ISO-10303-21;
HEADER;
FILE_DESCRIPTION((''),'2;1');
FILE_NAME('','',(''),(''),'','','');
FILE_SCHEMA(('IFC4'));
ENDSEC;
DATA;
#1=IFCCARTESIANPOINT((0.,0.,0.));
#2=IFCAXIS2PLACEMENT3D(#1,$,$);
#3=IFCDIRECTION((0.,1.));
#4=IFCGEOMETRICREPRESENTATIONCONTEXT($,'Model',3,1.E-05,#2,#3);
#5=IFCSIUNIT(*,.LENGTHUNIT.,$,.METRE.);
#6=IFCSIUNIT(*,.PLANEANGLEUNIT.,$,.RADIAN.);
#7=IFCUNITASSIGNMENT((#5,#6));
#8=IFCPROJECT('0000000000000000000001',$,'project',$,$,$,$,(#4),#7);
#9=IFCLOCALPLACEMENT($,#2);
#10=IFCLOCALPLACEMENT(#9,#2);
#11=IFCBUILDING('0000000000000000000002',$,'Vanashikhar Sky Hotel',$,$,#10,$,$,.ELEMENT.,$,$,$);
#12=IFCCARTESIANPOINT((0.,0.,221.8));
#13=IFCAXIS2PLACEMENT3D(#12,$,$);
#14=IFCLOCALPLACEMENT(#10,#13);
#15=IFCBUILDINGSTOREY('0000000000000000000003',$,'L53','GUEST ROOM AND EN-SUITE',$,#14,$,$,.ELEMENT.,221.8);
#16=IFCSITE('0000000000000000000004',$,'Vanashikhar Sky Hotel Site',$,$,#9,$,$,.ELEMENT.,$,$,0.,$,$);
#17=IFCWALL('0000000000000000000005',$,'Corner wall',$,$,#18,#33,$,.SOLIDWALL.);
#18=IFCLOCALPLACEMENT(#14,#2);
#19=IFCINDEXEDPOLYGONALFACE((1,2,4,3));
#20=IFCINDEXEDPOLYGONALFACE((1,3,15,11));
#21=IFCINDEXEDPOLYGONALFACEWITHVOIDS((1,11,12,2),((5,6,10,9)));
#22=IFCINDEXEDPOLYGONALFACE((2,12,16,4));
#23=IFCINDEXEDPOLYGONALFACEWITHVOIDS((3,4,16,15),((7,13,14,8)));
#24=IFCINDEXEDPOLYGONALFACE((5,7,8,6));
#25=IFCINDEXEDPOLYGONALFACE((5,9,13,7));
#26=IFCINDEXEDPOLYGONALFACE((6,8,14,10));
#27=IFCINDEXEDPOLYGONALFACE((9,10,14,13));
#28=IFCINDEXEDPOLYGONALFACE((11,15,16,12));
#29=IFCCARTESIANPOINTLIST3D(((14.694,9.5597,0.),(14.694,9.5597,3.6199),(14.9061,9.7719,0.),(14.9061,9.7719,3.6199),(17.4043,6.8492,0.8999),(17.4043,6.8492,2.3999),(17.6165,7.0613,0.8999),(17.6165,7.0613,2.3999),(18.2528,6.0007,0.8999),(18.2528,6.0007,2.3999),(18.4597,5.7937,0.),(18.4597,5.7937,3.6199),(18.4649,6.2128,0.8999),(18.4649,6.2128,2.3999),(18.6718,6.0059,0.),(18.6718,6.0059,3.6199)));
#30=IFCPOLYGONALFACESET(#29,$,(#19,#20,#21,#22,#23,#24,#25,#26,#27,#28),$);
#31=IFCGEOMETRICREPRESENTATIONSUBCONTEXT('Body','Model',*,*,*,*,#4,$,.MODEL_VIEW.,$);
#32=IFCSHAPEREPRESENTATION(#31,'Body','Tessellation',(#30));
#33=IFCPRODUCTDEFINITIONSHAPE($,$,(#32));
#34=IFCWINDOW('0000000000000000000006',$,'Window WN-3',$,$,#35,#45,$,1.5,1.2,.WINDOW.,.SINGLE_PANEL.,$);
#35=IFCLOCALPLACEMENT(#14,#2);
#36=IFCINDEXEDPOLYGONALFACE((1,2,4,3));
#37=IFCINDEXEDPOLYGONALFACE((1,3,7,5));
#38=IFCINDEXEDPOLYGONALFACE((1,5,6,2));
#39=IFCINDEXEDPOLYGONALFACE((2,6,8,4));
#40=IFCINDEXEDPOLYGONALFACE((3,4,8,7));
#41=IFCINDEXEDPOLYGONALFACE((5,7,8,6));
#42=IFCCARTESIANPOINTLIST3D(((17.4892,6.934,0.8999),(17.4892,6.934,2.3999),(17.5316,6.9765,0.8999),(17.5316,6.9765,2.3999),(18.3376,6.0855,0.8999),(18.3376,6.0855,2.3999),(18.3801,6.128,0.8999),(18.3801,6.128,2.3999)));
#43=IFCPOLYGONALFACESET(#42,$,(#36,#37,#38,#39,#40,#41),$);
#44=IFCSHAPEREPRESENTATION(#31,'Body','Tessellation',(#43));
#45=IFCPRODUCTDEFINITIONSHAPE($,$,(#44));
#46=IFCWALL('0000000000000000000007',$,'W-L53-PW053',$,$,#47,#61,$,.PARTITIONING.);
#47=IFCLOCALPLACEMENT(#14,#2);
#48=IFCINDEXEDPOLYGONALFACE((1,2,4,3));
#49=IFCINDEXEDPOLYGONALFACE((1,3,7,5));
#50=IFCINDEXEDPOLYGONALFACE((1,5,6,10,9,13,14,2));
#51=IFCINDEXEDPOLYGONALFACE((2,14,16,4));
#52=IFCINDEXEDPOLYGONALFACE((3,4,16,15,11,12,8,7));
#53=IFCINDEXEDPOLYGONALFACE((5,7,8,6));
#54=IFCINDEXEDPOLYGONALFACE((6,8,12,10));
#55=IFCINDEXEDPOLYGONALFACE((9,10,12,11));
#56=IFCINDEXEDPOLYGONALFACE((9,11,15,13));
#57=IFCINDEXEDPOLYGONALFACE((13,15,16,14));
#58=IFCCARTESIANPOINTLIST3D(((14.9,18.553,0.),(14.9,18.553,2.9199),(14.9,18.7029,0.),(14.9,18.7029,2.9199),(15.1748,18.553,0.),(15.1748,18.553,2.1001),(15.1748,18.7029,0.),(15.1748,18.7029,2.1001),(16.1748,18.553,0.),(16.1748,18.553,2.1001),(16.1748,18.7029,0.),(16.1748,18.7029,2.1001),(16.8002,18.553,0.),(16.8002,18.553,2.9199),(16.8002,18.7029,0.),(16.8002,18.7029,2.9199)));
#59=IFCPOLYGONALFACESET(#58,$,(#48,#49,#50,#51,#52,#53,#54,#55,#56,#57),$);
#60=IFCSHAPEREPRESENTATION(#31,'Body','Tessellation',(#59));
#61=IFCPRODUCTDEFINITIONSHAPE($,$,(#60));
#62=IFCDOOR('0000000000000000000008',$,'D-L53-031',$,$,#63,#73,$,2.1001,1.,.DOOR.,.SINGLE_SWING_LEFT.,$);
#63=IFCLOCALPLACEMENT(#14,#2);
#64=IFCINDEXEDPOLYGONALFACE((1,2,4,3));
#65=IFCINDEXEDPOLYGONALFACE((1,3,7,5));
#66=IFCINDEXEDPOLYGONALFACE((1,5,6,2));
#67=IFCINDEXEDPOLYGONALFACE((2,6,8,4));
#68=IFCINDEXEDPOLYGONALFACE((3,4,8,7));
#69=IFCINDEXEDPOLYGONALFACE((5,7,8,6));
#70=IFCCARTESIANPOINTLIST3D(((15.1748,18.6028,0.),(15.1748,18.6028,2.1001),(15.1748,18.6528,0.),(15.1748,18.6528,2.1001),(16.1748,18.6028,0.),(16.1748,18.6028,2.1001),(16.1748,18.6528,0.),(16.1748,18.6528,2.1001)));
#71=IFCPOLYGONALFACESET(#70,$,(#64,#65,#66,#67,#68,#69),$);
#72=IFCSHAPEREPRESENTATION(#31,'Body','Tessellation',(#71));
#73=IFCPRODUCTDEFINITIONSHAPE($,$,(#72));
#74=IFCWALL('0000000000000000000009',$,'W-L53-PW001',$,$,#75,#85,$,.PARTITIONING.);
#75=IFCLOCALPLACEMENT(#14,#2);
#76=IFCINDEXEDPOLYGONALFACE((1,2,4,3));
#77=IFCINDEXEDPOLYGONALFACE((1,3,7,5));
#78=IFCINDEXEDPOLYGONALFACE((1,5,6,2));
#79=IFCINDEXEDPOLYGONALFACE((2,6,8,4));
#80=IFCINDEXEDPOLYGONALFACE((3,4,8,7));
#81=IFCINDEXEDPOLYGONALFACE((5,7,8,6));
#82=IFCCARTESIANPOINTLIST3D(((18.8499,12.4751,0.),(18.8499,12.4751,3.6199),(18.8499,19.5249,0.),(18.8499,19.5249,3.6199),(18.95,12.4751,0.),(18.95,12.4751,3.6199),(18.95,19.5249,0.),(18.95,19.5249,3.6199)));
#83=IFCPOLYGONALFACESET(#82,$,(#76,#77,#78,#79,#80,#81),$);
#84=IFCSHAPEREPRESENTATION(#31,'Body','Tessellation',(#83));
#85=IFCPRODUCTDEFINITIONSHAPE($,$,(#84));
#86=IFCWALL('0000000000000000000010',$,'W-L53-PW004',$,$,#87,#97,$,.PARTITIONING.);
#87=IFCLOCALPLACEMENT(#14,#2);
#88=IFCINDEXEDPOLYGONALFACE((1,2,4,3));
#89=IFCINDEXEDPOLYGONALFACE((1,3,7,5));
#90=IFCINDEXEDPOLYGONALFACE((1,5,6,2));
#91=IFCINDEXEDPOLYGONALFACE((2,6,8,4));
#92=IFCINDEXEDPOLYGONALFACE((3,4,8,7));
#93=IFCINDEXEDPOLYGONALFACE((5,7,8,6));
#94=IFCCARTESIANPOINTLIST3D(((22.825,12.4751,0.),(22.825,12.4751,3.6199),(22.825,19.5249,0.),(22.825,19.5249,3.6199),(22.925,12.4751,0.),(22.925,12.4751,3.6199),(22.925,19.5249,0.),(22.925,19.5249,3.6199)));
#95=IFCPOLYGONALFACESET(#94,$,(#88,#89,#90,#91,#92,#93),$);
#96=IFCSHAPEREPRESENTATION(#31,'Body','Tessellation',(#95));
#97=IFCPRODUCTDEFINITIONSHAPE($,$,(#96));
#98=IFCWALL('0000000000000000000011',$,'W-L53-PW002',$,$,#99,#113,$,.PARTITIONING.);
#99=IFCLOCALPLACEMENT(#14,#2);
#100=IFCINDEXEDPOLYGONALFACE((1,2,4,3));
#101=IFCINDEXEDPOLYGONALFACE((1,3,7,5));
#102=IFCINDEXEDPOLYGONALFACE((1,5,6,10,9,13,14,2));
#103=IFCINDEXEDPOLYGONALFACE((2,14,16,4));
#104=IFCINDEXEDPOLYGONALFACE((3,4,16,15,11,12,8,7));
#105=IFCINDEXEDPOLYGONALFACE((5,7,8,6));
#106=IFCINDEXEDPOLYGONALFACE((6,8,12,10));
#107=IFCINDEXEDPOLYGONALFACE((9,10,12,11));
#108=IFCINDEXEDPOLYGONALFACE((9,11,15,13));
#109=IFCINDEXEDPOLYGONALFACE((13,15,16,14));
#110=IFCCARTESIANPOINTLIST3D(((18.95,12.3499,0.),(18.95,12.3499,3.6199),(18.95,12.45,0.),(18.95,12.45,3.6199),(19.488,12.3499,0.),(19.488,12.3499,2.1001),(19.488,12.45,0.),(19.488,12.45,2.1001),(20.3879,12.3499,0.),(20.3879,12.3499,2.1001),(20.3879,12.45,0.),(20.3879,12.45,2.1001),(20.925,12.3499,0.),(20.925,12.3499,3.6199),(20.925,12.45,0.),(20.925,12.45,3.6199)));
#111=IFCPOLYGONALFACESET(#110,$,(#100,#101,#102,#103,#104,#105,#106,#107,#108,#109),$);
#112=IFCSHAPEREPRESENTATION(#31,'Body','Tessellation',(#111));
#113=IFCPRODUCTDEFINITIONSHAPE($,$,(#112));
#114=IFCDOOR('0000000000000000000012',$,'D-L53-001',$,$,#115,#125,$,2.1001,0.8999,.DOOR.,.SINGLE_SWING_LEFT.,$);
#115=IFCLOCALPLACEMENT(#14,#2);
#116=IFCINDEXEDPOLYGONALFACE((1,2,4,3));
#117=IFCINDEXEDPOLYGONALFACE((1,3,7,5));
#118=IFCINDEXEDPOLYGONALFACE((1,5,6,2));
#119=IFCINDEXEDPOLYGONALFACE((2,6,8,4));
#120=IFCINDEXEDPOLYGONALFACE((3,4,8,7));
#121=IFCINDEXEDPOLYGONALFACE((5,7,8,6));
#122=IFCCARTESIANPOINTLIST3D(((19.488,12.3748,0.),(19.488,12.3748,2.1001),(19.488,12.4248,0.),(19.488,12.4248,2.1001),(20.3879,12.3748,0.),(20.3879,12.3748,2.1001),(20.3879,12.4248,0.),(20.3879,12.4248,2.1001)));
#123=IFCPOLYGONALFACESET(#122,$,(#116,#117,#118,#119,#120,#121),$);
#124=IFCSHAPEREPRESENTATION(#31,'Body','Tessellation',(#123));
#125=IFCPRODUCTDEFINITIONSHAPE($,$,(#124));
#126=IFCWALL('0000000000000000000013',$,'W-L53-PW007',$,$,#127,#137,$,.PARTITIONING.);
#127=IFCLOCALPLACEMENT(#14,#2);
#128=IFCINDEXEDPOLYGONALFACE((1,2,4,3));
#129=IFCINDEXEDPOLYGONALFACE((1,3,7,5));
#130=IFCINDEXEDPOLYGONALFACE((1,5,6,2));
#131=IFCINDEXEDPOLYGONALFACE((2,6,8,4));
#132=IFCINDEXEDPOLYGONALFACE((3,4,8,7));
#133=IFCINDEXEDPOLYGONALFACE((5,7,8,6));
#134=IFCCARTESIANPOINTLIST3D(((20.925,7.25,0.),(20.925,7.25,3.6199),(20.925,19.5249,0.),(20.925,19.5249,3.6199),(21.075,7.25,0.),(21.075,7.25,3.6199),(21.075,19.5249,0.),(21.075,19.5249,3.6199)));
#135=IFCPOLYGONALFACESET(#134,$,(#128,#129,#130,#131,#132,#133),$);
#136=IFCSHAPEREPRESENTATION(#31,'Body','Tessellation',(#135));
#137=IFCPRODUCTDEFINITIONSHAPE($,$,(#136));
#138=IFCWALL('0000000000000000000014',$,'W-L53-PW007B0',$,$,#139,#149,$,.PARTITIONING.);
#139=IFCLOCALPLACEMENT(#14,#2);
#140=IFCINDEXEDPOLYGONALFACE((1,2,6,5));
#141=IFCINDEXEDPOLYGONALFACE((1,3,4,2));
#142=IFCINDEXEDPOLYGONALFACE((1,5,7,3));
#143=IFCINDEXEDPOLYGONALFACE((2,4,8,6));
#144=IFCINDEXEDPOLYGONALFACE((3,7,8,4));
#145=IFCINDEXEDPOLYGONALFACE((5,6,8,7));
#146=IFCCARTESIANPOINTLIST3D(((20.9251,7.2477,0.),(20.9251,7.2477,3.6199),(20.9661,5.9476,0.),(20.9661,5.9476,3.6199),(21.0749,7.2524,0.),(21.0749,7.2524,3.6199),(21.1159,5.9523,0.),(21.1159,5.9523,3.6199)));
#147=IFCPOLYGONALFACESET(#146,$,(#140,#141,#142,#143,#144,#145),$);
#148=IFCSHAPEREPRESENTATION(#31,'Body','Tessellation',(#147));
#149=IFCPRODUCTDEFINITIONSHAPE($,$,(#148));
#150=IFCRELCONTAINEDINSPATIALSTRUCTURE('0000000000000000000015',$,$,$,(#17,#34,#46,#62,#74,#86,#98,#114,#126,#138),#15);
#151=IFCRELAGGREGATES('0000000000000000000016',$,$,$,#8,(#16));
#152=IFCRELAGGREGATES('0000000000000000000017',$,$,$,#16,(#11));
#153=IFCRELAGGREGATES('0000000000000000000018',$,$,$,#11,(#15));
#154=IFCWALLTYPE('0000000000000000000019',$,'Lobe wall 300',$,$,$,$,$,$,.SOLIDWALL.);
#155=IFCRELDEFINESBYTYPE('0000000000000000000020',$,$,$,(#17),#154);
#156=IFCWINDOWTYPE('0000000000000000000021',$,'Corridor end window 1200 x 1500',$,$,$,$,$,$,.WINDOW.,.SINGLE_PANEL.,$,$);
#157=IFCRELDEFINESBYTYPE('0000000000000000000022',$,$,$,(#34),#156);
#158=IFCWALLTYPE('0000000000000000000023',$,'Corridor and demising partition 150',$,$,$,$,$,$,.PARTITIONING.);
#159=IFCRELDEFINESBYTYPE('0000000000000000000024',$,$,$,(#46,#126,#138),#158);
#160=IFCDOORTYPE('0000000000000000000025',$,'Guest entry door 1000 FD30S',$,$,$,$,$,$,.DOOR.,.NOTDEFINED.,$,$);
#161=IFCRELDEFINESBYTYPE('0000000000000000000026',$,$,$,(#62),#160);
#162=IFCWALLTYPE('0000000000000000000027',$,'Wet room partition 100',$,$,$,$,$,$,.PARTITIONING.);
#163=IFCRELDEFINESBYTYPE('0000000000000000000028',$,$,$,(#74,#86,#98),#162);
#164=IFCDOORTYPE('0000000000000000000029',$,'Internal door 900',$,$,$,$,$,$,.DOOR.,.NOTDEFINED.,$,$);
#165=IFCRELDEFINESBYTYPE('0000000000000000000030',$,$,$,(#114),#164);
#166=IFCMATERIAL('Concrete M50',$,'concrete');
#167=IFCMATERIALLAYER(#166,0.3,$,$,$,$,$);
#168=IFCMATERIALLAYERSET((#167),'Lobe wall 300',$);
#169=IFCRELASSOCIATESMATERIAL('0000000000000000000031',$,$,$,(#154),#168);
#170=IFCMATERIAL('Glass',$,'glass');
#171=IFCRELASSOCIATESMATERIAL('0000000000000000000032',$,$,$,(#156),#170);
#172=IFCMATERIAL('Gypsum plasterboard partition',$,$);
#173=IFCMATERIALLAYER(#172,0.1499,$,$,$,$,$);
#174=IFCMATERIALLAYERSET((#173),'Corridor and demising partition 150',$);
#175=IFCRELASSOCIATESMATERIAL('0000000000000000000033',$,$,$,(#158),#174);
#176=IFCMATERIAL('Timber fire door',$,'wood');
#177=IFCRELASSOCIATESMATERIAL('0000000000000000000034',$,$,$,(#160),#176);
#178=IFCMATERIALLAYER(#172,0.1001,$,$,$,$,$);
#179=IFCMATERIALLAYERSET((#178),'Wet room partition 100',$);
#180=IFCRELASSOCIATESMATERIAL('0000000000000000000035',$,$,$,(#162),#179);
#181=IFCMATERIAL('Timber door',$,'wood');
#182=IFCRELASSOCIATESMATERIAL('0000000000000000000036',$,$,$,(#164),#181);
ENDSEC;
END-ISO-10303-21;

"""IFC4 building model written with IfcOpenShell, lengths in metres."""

from ifc_helpers import new_model, si_unit, direction, frame, frame_2d, origin, place, context, subcontext, project, spatial, rectangle, extrude, source, transform, mapped, material, layer, layer_set, type_object, element, fill, save


model = new_model("IFC4")

# Units and contexts
model_context = context("Model", 3, precision=1e-05, world=origin(), true_north=direction((0.0, 1.0)))
body_context = subcontext(model_context, "Body", "Model", "MODEL_VIEW")
ifc_project = project(units=[si_unit("LENGTHUNIT", "METRE"), si_unit("PLANEANGLEUNIT", "RADIAN")], contexts=[model_context])

# Site, building, storey
site_placement = place(None, origin())
site = spatial("IfcSite", under=ifc_project, at=site_placement, Name="Vanashikhar Sky Hotel Site", CompositionType="ELEMENT", RefElevation=0.0)
building_placement = place(site_placement, origin())
building = spatial("IfcBuilding", under=site, at=building_placement, Name="Vanashikhar Sky Hotel", CompositionType="ELEMENT")
storey_placement = place(building_placement, frame((0.0, 0.0, 221.8)))
storey = spatial("IfcBuildingStorey", under=building, at=storey_placement, Name="L53", Description="GUEST ROOM AND EN-SUITE", CompositionType="ELEMENT", Elevation=221.8)

# Shared definitions
ifc_material_1 = material(Name="Concrete M50", Category="concrete")

# Shared definitions
ifc_material_2 = material(Name="Glass", Category="glass")

# Wall, opening, window
ifc_layer_1 = layer(ifc_material_1, 0.3)
ifc_layer_set_1 = layer_set([ifc_layer_1], Name="Lobe wall 300")
wall_type_1 = type_object("IfcWallType", Name="Lobe wall 300", PredefinedType="SOLIDWALL", material=ifc_layer_set_1)
shared_shape_1 = source(origin(), body_context, "Body", "SweptSolid", [
    extrude(rectangle(XDim=5.3257, YDim=0.3, at=frame_2d((2.6628, 0.0))), origin(), (0.0, 0.0, 1.0), 3.6199),
])
wall_1_placement = place(storey_placement, frame((14.8, 9.6658, 0.0), z_axis=(0.0, 0.0, 1.0), x_axis=(0.707084, -0.70713, 0.0)))
wall_1 = element("IfcWall", 1, at=wall_1_placement, inside=storey, type_object=wall_type_1, Name="Corner wall", PredefinedType="SOLIDWALL", context=body_context, shape_type="MappedRepresentation", body=[
    mapped(shared_shape_1, transform((0.0, 0.0, 0.0), scale=1.0)),
])
shared_shape_2 = source(origin(), body_context, "Body", "SweptSolid", [
    extrude(rectangle(XDim=1.2, YDim=1.5, at=frame_2d((0.6001, 0.75))), frame((0.0, 0.1602, 0.0), z_axis=(0.0, -1.0, 0.0), x_axis=(1.0, 0.0, 0.0)), (0.0, 0.0, 1.0), 0.3201),
])
opening_1_placement = place(wall_1_placement, frame((3.833, 0.0, 0.8999)))
opening_1 = element("IfcOpeningElement", 2, at=opening_1_placement, cuts=wall_1, PredefinedType="OPENING", context=body_context, shape_type="MappedRepresentation", body=[
    mapped(shared_shape_2, transform((0.0, 0.0, 0.0), scale=1.0)),
])
window_type_1 = type_object("IfcWindowType", Name="Corridor end window 1200 x 1500", PartitioningType="SINGLE_PANEL", PredefinedType="WINDOW", material=ifc_material_2)
shared_shape_3 = source(origin(), body_context, "Body", "SweptSolid", [
    extrude(rectangle(XDim=1.2, YDim=1.5, at=frame_2d((0.6001, 0.75))), frame((0.0, 0.03, 0.0), z_axis=(0.0, -1.0, 0.0), x_axis=(1.0, 0.0, 0.0)), (0.0, 0.0, 1.0), 0.0601),
])
window_1_placement = place(opening_1_placement, origin())
window_1 = element("IfcWindow", 3, at=window_1_placement, inside=storey, type_object=window_type_1, Name="Window WN-3", OverallHeight=1.5, OverallWidth=1.2, PartitioningType="SINGLE_PANEL", PredefinedType="WINDOW", context=body_context, shape_type="MappedRepresentation", body=[
    mapped(shared_shape_3, transform((0.0, 0.0, 0.0), scale=1.0)),
])
fill(opening_1, window_1)

# Wall, opening, door
ifc_material_3 = material(Name="Gypsum plasterboard partition")
ifc_layer_2 = layer(ifc_material_3, 0.1499)
ifc_layer_set_2 = layer_set([ifc_layer_2], Name="Corridor and demising partition 150")
wall_type_2 = type_object("IfcWallType", Name="Corridor and demising partition 150", PredefinedType="PARTITIONING", material=ifc_layer_set_2)
shared_shape_4 = source(origin(), body_context, "Body", "SweptSolid", [
    extrude(rectangle(XDim=1.9001, YDim=0.1499, at=frame_2d((0.9502, 0.0))), origin(), (0.0, 0.0, 1.0), 2.9199),
])
wall_2_placement = place(storey_placement, frame((14.8999, 18.6279, 0.0), z_axis=(0.0, 0.0, 1.0), x_axis=(1.0, 0.0, 0.0)))
wall_2 = element("IfcWall", 4, at=wall_2_placement, inside=storey, type_object=wall_type_2, Name="W-L53-PW053", PredefinedType="PARTITIONING", context=body_context, shape_type="MappedRepresentation", body=[
    mapped(shared_shape_4, transform((0.0, 0.0, 0.0), scale=1.0)),
])
shared_shape_5 = source(origin(), body_context, "Body", "SweptSolid", [
    extrude(rectangle(XDim=1.0, YDim=2.1001, at=frame_2d((0.5, 1.05))), frame((0.0, 0.085, 0.0), z_axis=(0.0, -1.0, 0.0), x_axis=(1.0, 0.0, 0.0)), (0.0, 0.0, 1.0), 0.1699),
])
opening_2_placement = place(wall_2_placement, frame((0.2749, 0.0, 0.0)))
opening_2 = element("IfcOpeningElement", 5, at=opening_2_placement, cuts=wall_2, PredefinedType="OPENING", context=body_context, shape_type="MappedRepresentation", body=[
    mapped(shared_shape_5, transform((0.0, 0.0, 0.0), scale=1.0)),
])
ifc_material_4 = material(Name="Timber fire door", Category="wood")
door_type_1 = type_object("IfcDoorType", Name="Guest entry door 1000 FD30S", OperationType="NOTDEFINED", PredefinedType="DOOR", material=ifc_material_4)
shared_shape_6 = source(origin(), body_context, "Body", "SweptSolid", [
    extrude(rectangle(XDim=1.0, YDim=2.1001, at=frame_2d((0.5, 1.05))), frame((0.0, 0.0249, 0.0), z_axis=(0.0, -1.0, 0.0), x_axis=(1.0, 0.0, 0.0)), (0.0, 0.0, 1.0), 0.05),
])
door_1_placement = place(opening_2_placement, origin())
door_1 = element("IfcDoor", 6, at=door_1_placement, inside=storey, type_object=door_type_1, Name="D-L53-031", OperationType="SINGLE_SWING_LEFT", OverallHeight=2.1001, OverallWidth=1.0, PredefinedType="DOOR", context=body_context, shape_type="MappedRepresentation", body=[
    mapped(shared_shape_6, transform((0.0, 0.0, 0.0), scale=1.0)),
])
fill(opening_2, door_1)

# Walls
ifc_layer_3 = layer(ifc_material_3, 0.1001)
ifc_layer_set_3 = layer_set([ifc_layer_3], Name="Wet room partition 100")
wall_type_3 = type_object("IfcWallType", Name="Wet room partition 100", PredefinedType="PARTITIONING", material=ifc_layer_set_3)
shared_shape_7 = source(origin(), body_context, "Body", "SweptSolid", [
    extrude(rectangle(XDim=7.0498, YDim=0.1001, at=frame_2d((3.5249, 0.0))), origin(), (0.0, 0.0, 1.0), 3.6199),
])
for number, where, z_axis, x_axis, name in (
    (7, (18.8999, 12.4751, 0.0), (0.0, 0.0, 1.0), (0.0, 1.0, 0.0), "W-L53-PW001"),
    (8, (22.875, 12.4751, 0.0), (0.0, 0.0, 1.0), (0.0, 1.0, 0.0), "W-L53-PW004"),
):
    element("IfcWall", number, at=place(storey_placement, frame(where, z_axis=z_axis, x_axis=x_axis)), inside=storey, type_object=wall_type_3, Name=name, PredefinedType="PARTITIONING", context=body_context, shape_type="MappedRepresentation", body=[
        mapped(shared_shape_7, transform((0.0, 0.0, 0.0), scale=1.0)),
    ])

# Wall, opening, door
shared_shape_8 = source(origin(), body_context, "Body", "SweptSolid", [
    extrude(rectangle(XDim=1.9751, YDim=0.1001, at=frame_2d((0.9875, 0.0))), origin(), (0.0, 0.0, 1.0), 3.6199),
])
wall_3_placement = place(storey_placement, frame((18.95, 12.3999, 0.0), z_axis=(0.0, 0.0, 1.0), x_axis=(1.0, 0.0, 0.0)))
wall_3 = element("IfcWall", 9, at=wall_3_placement, inside=storey, type_object=wall_type_3, Name="W-L53-PW002", PredefinedType="PARTITIONING", context=body_context, shape_type="MappedRepresentation", body=[
    mapped(shared_shape_8, transform((0.0, 0.0, 0.0), scale=1.0)),
])
shared_shape_9 = source(origin(), body_context, "Body", "SweptSolid", [
    extrude(rectangle(XDim=0.8999, YDim=2.1001, at=frame_2d((0.45, 1.05))), frame((0.0, 0.0601, 0.0), z_axis=(0.0, -1.0, 0.0), x_axis=(1.0, 0.0, 0.0)), (0.0, 0.0, 1.0), 0.1201),
])
opening_3_placement = place(wall_3_placement, frame((0.5381, 0.0, 0.0)))
opening_3 = element("IfcOpeningElement", 10, at=opening_3_placement, cuts=wall_3, PredefinedType="OPENING", context=body_context, shape_type="MappedRepresentation", body=[
    mapped(shared_shape_9, transform((0.0, 0.0, 0.0), scale=1.0)),
])
ifc_material_5 = material(Name="Timber door", Category="wood")
door_type_2 = type_object("IfcDoorType", Name="Internal door 900", OperationType="NOTDEFINED", PredefinedType="DOOR", material=ifc_material_5)
shared_shape_10 = source(origin(), body_context, "Body", "SweptSolid", [
    extrude(rectangle(XDim=0.8999, YDim=2.1001, at=frame_2d((0.45, 1.05))), frame((0.0, 0.0249, 0.0), z_axis=(0.0, -1.0, 0.0), x_axis=(1.0, 0.0, 0.0)), (0.0, 0.0, 1.0), 0.05),
])
door_2_placement = place(opening_3_placement, origin())
door_2 = element("IfcDoor", 11, at=door_2_placement, inside=storey, type_object=door_type_2, Name="D-L53-001", OperationType="SINGLE_SWING_LEFT", OverallHeight=2.1001, OverallWidth=0.8999, PredefinedType="DOOR", context=body_context, shape_type="MappedRepresentation", body=[
    mapped(shared_shape_10, transform((0.0, 0.0, 0.0), scale=1.0)),
])
fill(opening_3, door_2)

# Walls
shared_shape_11 = source(origin(), body_context, "Body", "SweptSolid", [
    extrude(rectangle(XDim=12.2749, YDim=0.1499, at=frame_2d((6.1375, 0.0))), origin(), (0.0, 0.0, 1.0), 3.6199),
])
wall_4_placement = place(storey_placement, frame((21.0, 7.25, 0.0), z_axis=(0.0, 0.0, 1.0), x_axis=(0.0, 1.0, 0.0)))
element("IfcWall", 12, at=wall_4_placement, inside=storey, type_object=wall_type_2, Name="W-L53-PW007", PredefinedType="PARTITIONING", context=body_context, shape_type="MappedRepresentation", body=[
    mapped(shared_shape_11, transform((0.0, 0.0, 0.0), scale=1.0)),
])
shared_shape_12 = source(origin(), body_context, "Body", "SweptSolid", [
    extrude(rectangle(XDim=1.3008, YDim=0.1499, at=frame_2d((0.6504, 0.0))), origin(), (0.0, 0.0, 1.0), 3.6199),
])
wall_5_placement = place(storey_placement, frame((21.041, 5.95, 0.0), z_axis=(0.0, 0.0, 1.0), x_axis=(-0.031534, 0.999503, 0.0)))
element("IfcWall", 13, at=wall_5_placement, inside=storey, type_object=wall_type_2, Name="W-L53-PW007B0", PredefinedType="PARTITIONING", context=body_context, shape_type="MappedRepresentation", body=[
    mapped(shared_shape_12, transform((0.0, 0.0, 0.0), scale=1.0)),
])

save(model, "model.ifc")
